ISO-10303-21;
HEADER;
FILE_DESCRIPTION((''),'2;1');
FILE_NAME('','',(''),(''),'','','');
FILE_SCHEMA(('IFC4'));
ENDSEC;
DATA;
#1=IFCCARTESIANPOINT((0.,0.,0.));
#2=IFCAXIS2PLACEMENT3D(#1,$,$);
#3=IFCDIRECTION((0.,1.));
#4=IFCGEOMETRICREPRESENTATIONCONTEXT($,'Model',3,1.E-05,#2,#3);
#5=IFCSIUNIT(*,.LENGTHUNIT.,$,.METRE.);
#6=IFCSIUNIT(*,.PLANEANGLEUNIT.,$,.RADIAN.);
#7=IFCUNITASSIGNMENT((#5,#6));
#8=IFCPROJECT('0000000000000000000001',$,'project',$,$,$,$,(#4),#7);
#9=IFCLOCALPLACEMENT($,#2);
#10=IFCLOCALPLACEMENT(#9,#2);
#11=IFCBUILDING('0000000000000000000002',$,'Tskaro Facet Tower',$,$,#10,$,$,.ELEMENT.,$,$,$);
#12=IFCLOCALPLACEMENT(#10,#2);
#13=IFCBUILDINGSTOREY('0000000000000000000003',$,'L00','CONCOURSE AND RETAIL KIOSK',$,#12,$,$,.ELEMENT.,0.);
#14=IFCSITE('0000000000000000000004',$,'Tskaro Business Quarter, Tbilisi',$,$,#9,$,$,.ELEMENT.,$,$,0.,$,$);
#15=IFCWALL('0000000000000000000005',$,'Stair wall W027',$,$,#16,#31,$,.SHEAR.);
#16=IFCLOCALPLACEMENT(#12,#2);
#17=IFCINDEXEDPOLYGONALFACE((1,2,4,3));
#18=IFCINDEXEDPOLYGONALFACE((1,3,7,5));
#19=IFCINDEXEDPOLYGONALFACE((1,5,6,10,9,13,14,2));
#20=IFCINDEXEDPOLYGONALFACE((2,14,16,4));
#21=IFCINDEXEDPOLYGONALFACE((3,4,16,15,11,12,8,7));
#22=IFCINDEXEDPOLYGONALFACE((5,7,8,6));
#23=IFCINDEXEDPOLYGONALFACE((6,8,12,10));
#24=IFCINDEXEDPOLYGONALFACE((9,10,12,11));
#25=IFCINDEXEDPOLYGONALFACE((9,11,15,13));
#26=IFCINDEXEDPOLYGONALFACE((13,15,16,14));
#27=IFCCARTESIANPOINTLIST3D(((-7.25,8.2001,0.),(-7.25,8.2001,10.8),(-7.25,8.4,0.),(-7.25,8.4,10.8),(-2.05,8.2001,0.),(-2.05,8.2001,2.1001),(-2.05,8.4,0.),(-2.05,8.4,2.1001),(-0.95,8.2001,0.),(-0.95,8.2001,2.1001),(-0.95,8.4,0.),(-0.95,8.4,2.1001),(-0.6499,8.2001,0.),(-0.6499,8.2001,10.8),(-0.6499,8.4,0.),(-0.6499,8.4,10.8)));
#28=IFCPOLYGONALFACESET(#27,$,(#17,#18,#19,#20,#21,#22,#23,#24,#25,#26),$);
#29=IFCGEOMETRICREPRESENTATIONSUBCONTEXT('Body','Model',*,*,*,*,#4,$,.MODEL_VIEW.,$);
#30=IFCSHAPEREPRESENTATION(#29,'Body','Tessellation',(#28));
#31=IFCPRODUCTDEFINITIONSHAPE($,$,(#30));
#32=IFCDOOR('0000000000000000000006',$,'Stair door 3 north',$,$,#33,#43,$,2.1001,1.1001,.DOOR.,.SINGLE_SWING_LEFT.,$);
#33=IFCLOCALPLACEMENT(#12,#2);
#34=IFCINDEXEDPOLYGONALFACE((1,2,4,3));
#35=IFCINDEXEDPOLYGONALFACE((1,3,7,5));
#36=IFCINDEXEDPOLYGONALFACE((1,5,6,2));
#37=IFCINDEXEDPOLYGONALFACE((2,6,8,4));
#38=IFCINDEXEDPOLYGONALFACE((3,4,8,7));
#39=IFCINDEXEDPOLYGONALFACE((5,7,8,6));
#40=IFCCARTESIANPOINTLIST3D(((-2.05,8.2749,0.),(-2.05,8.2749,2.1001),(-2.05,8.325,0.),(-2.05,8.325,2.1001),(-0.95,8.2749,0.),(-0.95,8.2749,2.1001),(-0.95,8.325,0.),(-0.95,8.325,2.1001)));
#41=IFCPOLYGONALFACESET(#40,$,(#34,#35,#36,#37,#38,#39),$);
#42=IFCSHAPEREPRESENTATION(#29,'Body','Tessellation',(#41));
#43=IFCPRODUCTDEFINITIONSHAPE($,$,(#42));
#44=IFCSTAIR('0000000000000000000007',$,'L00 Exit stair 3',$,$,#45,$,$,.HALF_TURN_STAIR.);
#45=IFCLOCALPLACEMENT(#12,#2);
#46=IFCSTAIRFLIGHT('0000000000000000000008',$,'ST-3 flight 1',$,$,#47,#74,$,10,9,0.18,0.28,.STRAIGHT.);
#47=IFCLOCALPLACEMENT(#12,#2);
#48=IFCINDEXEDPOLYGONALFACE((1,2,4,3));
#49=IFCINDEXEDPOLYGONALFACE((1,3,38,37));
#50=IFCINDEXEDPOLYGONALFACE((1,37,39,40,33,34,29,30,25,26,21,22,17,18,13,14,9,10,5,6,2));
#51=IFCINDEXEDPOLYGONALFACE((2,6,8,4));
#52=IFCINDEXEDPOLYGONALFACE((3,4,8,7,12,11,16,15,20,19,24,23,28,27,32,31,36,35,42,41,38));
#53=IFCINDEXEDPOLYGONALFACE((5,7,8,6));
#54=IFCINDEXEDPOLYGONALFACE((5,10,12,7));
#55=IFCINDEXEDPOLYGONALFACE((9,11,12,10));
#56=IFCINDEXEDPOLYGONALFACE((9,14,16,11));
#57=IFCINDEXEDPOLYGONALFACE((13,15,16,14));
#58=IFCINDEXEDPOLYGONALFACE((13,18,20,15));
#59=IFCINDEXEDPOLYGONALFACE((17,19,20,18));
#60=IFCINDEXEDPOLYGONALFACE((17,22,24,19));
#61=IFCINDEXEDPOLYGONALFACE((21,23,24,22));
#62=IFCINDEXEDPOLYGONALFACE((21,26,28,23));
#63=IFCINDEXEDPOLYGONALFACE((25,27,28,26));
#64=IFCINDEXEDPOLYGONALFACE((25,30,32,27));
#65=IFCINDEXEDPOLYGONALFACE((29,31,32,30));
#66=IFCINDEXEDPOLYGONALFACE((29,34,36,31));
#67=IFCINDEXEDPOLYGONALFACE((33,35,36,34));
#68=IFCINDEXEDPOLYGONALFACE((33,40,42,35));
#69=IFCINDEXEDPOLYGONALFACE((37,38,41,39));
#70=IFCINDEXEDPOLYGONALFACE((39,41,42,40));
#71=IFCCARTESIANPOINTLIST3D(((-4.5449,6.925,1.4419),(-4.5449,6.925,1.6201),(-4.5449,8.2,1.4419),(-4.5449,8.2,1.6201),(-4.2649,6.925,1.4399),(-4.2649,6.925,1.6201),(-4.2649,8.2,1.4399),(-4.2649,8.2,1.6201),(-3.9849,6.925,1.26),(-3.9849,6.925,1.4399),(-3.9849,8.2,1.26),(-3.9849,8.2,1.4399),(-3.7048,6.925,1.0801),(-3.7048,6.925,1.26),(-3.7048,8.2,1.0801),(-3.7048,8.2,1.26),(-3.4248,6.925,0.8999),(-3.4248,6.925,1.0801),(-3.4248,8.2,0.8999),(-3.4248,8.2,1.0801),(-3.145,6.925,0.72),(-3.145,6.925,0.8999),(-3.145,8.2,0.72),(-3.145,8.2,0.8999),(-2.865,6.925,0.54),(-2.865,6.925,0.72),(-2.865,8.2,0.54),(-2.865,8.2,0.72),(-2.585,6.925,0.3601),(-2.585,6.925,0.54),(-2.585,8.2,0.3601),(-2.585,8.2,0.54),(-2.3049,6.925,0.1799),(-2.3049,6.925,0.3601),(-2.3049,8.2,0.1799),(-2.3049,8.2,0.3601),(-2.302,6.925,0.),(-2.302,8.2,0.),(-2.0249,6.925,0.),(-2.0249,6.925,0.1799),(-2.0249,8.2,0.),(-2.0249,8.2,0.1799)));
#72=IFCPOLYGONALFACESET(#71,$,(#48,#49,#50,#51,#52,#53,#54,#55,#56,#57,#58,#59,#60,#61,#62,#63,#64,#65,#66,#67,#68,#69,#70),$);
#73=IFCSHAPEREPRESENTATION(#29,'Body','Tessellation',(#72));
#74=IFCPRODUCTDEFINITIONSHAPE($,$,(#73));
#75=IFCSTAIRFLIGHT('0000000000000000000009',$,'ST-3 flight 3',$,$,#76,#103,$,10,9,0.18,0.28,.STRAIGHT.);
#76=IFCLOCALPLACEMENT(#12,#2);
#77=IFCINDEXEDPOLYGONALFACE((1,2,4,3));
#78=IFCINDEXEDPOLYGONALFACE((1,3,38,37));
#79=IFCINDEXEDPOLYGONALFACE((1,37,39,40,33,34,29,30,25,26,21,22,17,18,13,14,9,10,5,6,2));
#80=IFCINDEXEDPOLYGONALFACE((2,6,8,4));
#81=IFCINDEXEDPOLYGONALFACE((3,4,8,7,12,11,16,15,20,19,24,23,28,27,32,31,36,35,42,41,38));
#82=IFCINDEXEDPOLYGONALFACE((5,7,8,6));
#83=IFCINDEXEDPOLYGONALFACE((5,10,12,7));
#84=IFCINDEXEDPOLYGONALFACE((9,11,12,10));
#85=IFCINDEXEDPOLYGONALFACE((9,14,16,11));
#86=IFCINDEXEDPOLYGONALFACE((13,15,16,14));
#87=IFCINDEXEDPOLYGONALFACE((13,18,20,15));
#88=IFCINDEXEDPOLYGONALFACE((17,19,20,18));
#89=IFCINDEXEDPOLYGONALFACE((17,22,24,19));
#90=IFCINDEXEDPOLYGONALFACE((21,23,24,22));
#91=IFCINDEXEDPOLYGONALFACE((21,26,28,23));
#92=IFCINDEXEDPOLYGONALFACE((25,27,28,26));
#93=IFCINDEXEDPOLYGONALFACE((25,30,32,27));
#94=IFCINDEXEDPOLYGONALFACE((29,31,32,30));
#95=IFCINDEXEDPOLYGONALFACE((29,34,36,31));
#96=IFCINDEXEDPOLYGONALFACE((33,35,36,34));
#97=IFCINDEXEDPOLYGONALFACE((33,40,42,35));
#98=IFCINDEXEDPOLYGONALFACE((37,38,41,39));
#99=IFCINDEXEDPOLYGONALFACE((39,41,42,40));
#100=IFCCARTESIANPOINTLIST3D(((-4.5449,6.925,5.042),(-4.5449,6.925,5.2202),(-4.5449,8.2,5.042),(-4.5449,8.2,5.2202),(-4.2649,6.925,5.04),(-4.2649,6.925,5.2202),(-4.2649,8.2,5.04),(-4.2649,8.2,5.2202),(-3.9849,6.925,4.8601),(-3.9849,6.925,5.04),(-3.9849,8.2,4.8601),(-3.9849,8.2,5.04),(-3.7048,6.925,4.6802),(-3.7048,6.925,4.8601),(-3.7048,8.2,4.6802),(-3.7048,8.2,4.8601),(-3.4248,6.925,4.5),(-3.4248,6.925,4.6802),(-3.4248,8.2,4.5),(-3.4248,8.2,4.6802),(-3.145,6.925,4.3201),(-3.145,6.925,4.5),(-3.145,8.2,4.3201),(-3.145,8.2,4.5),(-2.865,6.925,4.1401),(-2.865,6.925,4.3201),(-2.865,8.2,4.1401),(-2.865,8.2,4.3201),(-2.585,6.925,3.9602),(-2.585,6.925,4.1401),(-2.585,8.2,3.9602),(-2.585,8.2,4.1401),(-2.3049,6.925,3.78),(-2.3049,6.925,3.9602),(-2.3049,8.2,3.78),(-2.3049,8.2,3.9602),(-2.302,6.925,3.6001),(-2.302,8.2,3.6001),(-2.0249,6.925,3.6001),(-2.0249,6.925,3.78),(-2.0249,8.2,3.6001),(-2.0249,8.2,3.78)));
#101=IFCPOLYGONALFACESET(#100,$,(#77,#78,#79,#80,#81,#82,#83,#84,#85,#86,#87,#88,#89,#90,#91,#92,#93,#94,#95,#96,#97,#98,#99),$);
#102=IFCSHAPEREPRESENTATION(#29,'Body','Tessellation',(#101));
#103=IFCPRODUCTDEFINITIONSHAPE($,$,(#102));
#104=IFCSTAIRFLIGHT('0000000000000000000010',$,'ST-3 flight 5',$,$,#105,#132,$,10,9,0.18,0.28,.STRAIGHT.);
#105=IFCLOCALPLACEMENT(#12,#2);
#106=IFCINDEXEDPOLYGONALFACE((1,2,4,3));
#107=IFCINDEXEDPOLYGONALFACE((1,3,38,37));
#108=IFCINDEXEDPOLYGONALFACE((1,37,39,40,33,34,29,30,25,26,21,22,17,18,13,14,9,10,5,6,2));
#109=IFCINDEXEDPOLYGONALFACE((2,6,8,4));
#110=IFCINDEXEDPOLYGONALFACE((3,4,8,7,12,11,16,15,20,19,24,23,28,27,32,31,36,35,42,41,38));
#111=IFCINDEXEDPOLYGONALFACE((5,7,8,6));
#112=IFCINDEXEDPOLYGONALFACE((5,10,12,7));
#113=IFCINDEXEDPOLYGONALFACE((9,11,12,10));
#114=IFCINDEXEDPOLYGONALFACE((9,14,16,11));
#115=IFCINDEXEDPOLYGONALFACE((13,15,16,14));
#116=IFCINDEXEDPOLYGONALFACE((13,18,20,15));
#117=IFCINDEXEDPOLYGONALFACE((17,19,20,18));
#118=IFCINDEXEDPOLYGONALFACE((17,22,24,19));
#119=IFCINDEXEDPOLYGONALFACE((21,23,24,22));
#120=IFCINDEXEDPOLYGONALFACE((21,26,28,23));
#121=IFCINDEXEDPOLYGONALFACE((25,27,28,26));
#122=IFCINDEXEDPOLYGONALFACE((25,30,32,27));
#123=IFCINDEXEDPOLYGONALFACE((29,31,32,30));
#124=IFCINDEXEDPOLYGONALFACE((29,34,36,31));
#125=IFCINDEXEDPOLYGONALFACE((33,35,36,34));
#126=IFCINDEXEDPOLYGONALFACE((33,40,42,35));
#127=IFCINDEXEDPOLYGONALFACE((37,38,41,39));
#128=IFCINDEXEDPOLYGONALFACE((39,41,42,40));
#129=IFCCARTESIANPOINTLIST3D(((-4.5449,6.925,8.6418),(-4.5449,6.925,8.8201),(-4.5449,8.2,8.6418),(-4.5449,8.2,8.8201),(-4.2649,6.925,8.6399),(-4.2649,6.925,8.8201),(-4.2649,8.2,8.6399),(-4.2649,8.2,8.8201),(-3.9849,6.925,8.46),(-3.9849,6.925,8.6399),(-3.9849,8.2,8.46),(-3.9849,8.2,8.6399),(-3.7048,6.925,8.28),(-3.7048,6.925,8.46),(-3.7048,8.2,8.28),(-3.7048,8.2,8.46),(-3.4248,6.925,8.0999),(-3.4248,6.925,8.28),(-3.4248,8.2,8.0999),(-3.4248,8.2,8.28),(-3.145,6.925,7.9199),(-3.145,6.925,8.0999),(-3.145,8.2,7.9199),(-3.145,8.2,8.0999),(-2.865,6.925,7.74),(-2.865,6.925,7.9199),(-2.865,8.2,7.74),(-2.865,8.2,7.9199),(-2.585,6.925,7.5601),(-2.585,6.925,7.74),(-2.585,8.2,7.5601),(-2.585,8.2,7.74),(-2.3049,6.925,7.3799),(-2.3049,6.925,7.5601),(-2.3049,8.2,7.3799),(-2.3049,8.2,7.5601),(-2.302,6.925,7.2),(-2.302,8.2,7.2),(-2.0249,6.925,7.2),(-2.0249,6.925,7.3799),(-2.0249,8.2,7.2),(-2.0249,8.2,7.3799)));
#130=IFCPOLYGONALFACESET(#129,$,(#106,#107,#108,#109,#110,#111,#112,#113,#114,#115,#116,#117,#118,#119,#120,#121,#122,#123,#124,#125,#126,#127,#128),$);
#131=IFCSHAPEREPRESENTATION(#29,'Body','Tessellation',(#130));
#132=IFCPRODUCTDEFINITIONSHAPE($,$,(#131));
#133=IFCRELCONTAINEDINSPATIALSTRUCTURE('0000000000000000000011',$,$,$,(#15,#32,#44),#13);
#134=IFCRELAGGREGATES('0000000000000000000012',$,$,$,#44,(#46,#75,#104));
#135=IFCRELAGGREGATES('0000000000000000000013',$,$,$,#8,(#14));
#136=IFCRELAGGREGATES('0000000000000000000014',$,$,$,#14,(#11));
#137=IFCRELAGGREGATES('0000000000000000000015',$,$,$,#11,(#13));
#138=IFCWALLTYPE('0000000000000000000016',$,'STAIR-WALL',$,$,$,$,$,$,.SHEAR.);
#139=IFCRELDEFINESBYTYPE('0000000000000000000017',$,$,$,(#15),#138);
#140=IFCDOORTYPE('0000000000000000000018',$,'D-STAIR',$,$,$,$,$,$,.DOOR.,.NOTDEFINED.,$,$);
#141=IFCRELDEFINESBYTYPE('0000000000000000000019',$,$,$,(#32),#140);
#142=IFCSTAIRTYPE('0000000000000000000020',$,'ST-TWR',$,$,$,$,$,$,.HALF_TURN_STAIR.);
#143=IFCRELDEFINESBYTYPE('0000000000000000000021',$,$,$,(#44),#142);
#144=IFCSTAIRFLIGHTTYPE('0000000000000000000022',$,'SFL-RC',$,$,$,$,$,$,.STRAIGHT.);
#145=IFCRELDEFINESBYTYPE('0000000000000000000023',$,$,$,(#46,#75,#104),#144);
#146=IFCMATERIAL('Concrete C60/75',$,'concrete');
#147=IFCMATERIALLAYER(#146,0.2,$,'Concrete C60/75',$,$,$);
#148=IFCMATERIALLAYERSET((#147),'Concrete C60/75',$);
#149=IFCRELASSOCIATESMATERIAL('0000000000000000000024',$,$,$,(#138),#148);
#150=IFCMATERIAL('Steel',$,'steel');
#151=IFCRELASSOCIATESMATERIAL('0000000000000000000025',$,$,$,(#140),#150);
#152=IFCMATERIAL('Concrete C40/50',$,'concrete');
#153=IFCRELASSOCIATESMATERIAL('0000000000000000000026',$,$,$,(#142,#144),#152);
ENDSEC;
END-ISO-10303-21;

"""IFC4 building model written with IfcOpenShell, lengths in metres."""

from ifc_helpers import new_model, si_unit, direction, frame, frame_2d, origin, place, context, subcontext, project, spatial, polyline, rectangle, outline, extrude, material, layer, layer_set, type_object, element, fill, aggregate, save


model = new_model("IFC4")

# Units and contexts
model_context = context("Model", 3, precision=1e-05, world=origin(), true_north=direction((0.0, 1.0)))
body_context = subcontext(model_context, "Body", "Model", "MODEL_VIEW")
ifc_project = project(units=[si_unit("LENGTHUNIT", "METRE"), si_unit("PLANEANGLEUNIT", "RADIAN")], contexts=[model_context])

# Site, building, storey
site_placement = place(None, origin())
site = spatial("IfcSite", under=ifc_project, at=site_placement, Name="Tskaro Business Quarter, Tbilisi", CompositionType="ELEMENT", RefElevation=0.0)
building_placement = place(site_placement, origin())
building = spatial("IfcBuilding", under=site, at=building_placement, Name="Tskaro Facet Tower", CompositionType="ELEMENT")
storey_placement = place(building_placement, origin())
storey = spatial("IfcBuildingStorey", under=building, at=storey_placement, Name="L00", Description="CONCOURSE AND RETAIL KIOSK", CompositionType="ELEMENT", Elevation=0.0)

# Wall, opening, door
ifc_material_1 = material(Name="Concrete C60/75", Category="concrete")
ifc_layer = layer(ifc_material_1, 0.2, Name="Concrete C60/75")
ifc_layer_set = layer_set([ifc_layer], Name="Concrete C60/75")
wall_type = type_object("IfcWallType", Name="STAIR-WALL", PredefinedType="SHEAR", material=ifc_layer_set)
wall_placement = place(storey_placement, frame((-7.25, 8.3, 0.0), z_axis=(0.0, 0.0, 1.0), x_axis=(1.0, 0.0, 0.0)))
wall = element("IfcWall", 1, at=wall_placement, inside=storey, type_object=wall_type, Name="Stair wall W027", PredefinedType="SHEAR", context=body_context, shape_type="SweptSolid", body=[
    extrude(rectangle(XDim=6.6001, YDim=0.2, at=frame_2d((3.3, 0.0))), origin(), (0.0, 0.0, 1.0), 10.8),
])
opening_placement = place(wall_placement, frame((5.2, 0.0, 0.0)))
opening = element("IfcOpeningElement", 2, at=opening_placement, cuts=wall, PredefinedType="OPENING", context=body_context, shape_type="SweptSolid", body=[
    extrude(rectangle(XDim=1.1001, YDim=2.1001, at=frame_2d((0.55, 1.05))), frame((0.0, 0.1099, 0.0), z_axis=(0.0, -1.0, 0.0), x_axis=(1.0, 0.0, 0.0)), (0.0, 0.0, 1.0), 0.22),
])
ifc_material_2 = material(Name="Steel", Category="steel")
door_type = type_object("IfcDoorType", Name="D-STAIR", OperationType="NOTDEFINED", PredefinedType="DOOR", material=ifc_material_2)
door_placement = place(opening_placement, origin())
door = element("IfcDoor", 3, at=door_placement, inside=storey, type_object=door_type, Name="Stair door 3 north", OperationType="SINGLE_SWING_LEFT", OverallHeight=2.1001, OverallWidth=1.1001, PredefinedType="DOOR", context=body_context, shape_type="SweptSolid", body=[
    extrude(rectangle(XDim=1.1001, YDim=2.1001, at=frame_2d((0.55, 1.05))), frame((0.0, 0.0249, 0.0), z_axis=(0.0, -1.0, 0.0), x_axis=(1.0, 0.0, 0.0)), (0.0, 0.0, 1.0), 0.05),
])
fill(opening, door)

# Stair, stair flights
ifc_material_3 = material(Name="Concrete C40/50", Category="concrete")
stair_type = type_object("IfcStairType", Name="ST-TWR", PredefinedType="HALF_TURN_STAIR", material=ifc_material_3)
stair_placement = place(storey_placement, origin())
stair = element("IfcStair", 4, at=stair_placement, inside=storey, type_object=stair_type, Name="L00 Exit stair 3", PredefinedType="HALF_TURN_STAIR")
stair_flight_type = type_object("IfcStairFlightType", Name="SFL-RC", PredefinedType="STRAIGHT", material=ifc_material_3)
stair_flight_1_placement = place(storey_placement, frame((-2.0249, 7.5625, 0.0), z_axis=(0.0, 0.0, 1.0), x_axis=(-1.0, 0.0, 0.0)))
stair_flight_1 = element("IfcStairFlight", 5, at=stair_flight_1_placement, type_object=stair_flight_type, Name="ST-3 flight 1", NumberOfRisers=10, NumberOfTreads=9, PredefinedType="STRAIGHT", RiserHeight=0.18, TreadLength=0.28, context=body_context, shape_type="SweptSolid", body=[
    extrude(outline(polyline([(0.0, 0.0), (0.0, 0.1799), (0.28, 0.1799), (0.28, 0.3601), (0.5601, 0.3601), (0.5601, 0.54), (0.8401, 0.54), (0.8401, 0.72), (1.1201, 0.72), (1.1201, 0.8999), (1.3999, 0.8999), (1.3999, 1.0801), (1.6799, 1.0801), (1.6799, 1.26), (1.96, 1.26), (1.96, 1.4399), (2.24, 1.4399), (2.24, 1.6201), (2.52, 1.6201), (2.52, 1.8), (2.52, 1.4419), (0.2771, 0.0), (0.0, 0.0)])), frame((0.0, 0.6375, 0.0), z_axis=(0.0, -1.0, 0.0), x_axis=(1.0, 0.0, 0.0)), (0.0, 0.0, 1.0), 1.2749),
])
stair_flight_2_placement = place(storey_placement, frame((-2.0249, 7.5625, 3.6001), z_axis=(0.0, 0.0, 1.0), x_axis=(-1.0, 0.0, 0.0)))
stair_flight_2 = element("IfcStairFlight", 6, at=stair_flight_2_placement, type_object=stair_flight_type, Name="ST-3 flight 3", NumberOfRisers=10, NumberOfTreads=9, PredefinedType="STRAIGHT", RiserHeight=0.18, TreadLength=0.28, context=body_context, shape_type="SweptSolid", body=[
    extrude(outline(polyline([(0.0, 0.0), (0.0, 0.1799), (0.28, 0.1799), (0.28, 0.3601), (0.5601, 0.3601), (0.5601, 0.54), (0.8401, 0.54), (0.8401, 0.72), (1.1201, 0.72), (1.1201, 0.8999), (1.3999, 0.8999), (1.3999, 1.0801), (1.6799, 1.0801), (1.6799, 1.26), (1.96, 1.26), (1.96, 1.4399), (2.24, 1.4399), (2.24, 1.6201), (2.52, 1.6201), (2.52, 1.8), (2.52, 1.4419), (0.2771, 0.0), (0.0, 0.0)])), frame((0.0, 0.6375, 0.0), z_axis=(0.0, -1.0, 0.0), x_axis=(1.0, 0.0, 0.0)), (0.0, 0.0, 1.0), 1.2749),
])
stair_flight_3_placement = place(storey_placement, frame((-2.0249, 7.5625, 7.2), z_axis=(0.0, 0.0, 1.0), x_axis=(-1.0, 0.0, 0.0)))
stair_flight_3 = element("IfcStairFlight", 7, at=stair_flight_3_placement, type_object=stair_flight_type, Name="ST-3 flight 5", NumberOfRisers=10, NumberOfTreads=9, PredefinedType="STRAIGHT", RiserHeight=0.18, TreadLength=0.28, context=body_context, shape_type="SweptSolid", body=[
    extrude(outline(polyline([(0.0, 0.0), (0.0, 0.1799), (0.28, 0.1799), (0.28, 0.3601), (0.5601, 0.3601), (0.5601, 0.54), (0.8401, 0.54), (0.8401, 0.72), (1.1201, 0.72), (1.1201, 0.8999), (1.3999, 0.8999), (1.3999, 1.0801), (1.6799, 1.0801), (1.6799, 1.26), (1.96, 1.26), (1.96, 1.4399), (2.24, 1.4399), (2.24, 1.6201), (2.52, 1.6201), (2.52, 1.8), (2.52, 1.4419), (0.2771, 0.0), (0.0, 0.0)])), frame((0.0, 0.6375, 0.0), z_axis=(0.0, -1.0, 0.0), x_axis=(1.0, 0.0, 0.0)), (0.0, 0.0, 1.0), 1.2749),
])
aggregate(stair, [stair_flight_1, stair_flight_2, stair_flight_3])

save(model, "model.ifc")
